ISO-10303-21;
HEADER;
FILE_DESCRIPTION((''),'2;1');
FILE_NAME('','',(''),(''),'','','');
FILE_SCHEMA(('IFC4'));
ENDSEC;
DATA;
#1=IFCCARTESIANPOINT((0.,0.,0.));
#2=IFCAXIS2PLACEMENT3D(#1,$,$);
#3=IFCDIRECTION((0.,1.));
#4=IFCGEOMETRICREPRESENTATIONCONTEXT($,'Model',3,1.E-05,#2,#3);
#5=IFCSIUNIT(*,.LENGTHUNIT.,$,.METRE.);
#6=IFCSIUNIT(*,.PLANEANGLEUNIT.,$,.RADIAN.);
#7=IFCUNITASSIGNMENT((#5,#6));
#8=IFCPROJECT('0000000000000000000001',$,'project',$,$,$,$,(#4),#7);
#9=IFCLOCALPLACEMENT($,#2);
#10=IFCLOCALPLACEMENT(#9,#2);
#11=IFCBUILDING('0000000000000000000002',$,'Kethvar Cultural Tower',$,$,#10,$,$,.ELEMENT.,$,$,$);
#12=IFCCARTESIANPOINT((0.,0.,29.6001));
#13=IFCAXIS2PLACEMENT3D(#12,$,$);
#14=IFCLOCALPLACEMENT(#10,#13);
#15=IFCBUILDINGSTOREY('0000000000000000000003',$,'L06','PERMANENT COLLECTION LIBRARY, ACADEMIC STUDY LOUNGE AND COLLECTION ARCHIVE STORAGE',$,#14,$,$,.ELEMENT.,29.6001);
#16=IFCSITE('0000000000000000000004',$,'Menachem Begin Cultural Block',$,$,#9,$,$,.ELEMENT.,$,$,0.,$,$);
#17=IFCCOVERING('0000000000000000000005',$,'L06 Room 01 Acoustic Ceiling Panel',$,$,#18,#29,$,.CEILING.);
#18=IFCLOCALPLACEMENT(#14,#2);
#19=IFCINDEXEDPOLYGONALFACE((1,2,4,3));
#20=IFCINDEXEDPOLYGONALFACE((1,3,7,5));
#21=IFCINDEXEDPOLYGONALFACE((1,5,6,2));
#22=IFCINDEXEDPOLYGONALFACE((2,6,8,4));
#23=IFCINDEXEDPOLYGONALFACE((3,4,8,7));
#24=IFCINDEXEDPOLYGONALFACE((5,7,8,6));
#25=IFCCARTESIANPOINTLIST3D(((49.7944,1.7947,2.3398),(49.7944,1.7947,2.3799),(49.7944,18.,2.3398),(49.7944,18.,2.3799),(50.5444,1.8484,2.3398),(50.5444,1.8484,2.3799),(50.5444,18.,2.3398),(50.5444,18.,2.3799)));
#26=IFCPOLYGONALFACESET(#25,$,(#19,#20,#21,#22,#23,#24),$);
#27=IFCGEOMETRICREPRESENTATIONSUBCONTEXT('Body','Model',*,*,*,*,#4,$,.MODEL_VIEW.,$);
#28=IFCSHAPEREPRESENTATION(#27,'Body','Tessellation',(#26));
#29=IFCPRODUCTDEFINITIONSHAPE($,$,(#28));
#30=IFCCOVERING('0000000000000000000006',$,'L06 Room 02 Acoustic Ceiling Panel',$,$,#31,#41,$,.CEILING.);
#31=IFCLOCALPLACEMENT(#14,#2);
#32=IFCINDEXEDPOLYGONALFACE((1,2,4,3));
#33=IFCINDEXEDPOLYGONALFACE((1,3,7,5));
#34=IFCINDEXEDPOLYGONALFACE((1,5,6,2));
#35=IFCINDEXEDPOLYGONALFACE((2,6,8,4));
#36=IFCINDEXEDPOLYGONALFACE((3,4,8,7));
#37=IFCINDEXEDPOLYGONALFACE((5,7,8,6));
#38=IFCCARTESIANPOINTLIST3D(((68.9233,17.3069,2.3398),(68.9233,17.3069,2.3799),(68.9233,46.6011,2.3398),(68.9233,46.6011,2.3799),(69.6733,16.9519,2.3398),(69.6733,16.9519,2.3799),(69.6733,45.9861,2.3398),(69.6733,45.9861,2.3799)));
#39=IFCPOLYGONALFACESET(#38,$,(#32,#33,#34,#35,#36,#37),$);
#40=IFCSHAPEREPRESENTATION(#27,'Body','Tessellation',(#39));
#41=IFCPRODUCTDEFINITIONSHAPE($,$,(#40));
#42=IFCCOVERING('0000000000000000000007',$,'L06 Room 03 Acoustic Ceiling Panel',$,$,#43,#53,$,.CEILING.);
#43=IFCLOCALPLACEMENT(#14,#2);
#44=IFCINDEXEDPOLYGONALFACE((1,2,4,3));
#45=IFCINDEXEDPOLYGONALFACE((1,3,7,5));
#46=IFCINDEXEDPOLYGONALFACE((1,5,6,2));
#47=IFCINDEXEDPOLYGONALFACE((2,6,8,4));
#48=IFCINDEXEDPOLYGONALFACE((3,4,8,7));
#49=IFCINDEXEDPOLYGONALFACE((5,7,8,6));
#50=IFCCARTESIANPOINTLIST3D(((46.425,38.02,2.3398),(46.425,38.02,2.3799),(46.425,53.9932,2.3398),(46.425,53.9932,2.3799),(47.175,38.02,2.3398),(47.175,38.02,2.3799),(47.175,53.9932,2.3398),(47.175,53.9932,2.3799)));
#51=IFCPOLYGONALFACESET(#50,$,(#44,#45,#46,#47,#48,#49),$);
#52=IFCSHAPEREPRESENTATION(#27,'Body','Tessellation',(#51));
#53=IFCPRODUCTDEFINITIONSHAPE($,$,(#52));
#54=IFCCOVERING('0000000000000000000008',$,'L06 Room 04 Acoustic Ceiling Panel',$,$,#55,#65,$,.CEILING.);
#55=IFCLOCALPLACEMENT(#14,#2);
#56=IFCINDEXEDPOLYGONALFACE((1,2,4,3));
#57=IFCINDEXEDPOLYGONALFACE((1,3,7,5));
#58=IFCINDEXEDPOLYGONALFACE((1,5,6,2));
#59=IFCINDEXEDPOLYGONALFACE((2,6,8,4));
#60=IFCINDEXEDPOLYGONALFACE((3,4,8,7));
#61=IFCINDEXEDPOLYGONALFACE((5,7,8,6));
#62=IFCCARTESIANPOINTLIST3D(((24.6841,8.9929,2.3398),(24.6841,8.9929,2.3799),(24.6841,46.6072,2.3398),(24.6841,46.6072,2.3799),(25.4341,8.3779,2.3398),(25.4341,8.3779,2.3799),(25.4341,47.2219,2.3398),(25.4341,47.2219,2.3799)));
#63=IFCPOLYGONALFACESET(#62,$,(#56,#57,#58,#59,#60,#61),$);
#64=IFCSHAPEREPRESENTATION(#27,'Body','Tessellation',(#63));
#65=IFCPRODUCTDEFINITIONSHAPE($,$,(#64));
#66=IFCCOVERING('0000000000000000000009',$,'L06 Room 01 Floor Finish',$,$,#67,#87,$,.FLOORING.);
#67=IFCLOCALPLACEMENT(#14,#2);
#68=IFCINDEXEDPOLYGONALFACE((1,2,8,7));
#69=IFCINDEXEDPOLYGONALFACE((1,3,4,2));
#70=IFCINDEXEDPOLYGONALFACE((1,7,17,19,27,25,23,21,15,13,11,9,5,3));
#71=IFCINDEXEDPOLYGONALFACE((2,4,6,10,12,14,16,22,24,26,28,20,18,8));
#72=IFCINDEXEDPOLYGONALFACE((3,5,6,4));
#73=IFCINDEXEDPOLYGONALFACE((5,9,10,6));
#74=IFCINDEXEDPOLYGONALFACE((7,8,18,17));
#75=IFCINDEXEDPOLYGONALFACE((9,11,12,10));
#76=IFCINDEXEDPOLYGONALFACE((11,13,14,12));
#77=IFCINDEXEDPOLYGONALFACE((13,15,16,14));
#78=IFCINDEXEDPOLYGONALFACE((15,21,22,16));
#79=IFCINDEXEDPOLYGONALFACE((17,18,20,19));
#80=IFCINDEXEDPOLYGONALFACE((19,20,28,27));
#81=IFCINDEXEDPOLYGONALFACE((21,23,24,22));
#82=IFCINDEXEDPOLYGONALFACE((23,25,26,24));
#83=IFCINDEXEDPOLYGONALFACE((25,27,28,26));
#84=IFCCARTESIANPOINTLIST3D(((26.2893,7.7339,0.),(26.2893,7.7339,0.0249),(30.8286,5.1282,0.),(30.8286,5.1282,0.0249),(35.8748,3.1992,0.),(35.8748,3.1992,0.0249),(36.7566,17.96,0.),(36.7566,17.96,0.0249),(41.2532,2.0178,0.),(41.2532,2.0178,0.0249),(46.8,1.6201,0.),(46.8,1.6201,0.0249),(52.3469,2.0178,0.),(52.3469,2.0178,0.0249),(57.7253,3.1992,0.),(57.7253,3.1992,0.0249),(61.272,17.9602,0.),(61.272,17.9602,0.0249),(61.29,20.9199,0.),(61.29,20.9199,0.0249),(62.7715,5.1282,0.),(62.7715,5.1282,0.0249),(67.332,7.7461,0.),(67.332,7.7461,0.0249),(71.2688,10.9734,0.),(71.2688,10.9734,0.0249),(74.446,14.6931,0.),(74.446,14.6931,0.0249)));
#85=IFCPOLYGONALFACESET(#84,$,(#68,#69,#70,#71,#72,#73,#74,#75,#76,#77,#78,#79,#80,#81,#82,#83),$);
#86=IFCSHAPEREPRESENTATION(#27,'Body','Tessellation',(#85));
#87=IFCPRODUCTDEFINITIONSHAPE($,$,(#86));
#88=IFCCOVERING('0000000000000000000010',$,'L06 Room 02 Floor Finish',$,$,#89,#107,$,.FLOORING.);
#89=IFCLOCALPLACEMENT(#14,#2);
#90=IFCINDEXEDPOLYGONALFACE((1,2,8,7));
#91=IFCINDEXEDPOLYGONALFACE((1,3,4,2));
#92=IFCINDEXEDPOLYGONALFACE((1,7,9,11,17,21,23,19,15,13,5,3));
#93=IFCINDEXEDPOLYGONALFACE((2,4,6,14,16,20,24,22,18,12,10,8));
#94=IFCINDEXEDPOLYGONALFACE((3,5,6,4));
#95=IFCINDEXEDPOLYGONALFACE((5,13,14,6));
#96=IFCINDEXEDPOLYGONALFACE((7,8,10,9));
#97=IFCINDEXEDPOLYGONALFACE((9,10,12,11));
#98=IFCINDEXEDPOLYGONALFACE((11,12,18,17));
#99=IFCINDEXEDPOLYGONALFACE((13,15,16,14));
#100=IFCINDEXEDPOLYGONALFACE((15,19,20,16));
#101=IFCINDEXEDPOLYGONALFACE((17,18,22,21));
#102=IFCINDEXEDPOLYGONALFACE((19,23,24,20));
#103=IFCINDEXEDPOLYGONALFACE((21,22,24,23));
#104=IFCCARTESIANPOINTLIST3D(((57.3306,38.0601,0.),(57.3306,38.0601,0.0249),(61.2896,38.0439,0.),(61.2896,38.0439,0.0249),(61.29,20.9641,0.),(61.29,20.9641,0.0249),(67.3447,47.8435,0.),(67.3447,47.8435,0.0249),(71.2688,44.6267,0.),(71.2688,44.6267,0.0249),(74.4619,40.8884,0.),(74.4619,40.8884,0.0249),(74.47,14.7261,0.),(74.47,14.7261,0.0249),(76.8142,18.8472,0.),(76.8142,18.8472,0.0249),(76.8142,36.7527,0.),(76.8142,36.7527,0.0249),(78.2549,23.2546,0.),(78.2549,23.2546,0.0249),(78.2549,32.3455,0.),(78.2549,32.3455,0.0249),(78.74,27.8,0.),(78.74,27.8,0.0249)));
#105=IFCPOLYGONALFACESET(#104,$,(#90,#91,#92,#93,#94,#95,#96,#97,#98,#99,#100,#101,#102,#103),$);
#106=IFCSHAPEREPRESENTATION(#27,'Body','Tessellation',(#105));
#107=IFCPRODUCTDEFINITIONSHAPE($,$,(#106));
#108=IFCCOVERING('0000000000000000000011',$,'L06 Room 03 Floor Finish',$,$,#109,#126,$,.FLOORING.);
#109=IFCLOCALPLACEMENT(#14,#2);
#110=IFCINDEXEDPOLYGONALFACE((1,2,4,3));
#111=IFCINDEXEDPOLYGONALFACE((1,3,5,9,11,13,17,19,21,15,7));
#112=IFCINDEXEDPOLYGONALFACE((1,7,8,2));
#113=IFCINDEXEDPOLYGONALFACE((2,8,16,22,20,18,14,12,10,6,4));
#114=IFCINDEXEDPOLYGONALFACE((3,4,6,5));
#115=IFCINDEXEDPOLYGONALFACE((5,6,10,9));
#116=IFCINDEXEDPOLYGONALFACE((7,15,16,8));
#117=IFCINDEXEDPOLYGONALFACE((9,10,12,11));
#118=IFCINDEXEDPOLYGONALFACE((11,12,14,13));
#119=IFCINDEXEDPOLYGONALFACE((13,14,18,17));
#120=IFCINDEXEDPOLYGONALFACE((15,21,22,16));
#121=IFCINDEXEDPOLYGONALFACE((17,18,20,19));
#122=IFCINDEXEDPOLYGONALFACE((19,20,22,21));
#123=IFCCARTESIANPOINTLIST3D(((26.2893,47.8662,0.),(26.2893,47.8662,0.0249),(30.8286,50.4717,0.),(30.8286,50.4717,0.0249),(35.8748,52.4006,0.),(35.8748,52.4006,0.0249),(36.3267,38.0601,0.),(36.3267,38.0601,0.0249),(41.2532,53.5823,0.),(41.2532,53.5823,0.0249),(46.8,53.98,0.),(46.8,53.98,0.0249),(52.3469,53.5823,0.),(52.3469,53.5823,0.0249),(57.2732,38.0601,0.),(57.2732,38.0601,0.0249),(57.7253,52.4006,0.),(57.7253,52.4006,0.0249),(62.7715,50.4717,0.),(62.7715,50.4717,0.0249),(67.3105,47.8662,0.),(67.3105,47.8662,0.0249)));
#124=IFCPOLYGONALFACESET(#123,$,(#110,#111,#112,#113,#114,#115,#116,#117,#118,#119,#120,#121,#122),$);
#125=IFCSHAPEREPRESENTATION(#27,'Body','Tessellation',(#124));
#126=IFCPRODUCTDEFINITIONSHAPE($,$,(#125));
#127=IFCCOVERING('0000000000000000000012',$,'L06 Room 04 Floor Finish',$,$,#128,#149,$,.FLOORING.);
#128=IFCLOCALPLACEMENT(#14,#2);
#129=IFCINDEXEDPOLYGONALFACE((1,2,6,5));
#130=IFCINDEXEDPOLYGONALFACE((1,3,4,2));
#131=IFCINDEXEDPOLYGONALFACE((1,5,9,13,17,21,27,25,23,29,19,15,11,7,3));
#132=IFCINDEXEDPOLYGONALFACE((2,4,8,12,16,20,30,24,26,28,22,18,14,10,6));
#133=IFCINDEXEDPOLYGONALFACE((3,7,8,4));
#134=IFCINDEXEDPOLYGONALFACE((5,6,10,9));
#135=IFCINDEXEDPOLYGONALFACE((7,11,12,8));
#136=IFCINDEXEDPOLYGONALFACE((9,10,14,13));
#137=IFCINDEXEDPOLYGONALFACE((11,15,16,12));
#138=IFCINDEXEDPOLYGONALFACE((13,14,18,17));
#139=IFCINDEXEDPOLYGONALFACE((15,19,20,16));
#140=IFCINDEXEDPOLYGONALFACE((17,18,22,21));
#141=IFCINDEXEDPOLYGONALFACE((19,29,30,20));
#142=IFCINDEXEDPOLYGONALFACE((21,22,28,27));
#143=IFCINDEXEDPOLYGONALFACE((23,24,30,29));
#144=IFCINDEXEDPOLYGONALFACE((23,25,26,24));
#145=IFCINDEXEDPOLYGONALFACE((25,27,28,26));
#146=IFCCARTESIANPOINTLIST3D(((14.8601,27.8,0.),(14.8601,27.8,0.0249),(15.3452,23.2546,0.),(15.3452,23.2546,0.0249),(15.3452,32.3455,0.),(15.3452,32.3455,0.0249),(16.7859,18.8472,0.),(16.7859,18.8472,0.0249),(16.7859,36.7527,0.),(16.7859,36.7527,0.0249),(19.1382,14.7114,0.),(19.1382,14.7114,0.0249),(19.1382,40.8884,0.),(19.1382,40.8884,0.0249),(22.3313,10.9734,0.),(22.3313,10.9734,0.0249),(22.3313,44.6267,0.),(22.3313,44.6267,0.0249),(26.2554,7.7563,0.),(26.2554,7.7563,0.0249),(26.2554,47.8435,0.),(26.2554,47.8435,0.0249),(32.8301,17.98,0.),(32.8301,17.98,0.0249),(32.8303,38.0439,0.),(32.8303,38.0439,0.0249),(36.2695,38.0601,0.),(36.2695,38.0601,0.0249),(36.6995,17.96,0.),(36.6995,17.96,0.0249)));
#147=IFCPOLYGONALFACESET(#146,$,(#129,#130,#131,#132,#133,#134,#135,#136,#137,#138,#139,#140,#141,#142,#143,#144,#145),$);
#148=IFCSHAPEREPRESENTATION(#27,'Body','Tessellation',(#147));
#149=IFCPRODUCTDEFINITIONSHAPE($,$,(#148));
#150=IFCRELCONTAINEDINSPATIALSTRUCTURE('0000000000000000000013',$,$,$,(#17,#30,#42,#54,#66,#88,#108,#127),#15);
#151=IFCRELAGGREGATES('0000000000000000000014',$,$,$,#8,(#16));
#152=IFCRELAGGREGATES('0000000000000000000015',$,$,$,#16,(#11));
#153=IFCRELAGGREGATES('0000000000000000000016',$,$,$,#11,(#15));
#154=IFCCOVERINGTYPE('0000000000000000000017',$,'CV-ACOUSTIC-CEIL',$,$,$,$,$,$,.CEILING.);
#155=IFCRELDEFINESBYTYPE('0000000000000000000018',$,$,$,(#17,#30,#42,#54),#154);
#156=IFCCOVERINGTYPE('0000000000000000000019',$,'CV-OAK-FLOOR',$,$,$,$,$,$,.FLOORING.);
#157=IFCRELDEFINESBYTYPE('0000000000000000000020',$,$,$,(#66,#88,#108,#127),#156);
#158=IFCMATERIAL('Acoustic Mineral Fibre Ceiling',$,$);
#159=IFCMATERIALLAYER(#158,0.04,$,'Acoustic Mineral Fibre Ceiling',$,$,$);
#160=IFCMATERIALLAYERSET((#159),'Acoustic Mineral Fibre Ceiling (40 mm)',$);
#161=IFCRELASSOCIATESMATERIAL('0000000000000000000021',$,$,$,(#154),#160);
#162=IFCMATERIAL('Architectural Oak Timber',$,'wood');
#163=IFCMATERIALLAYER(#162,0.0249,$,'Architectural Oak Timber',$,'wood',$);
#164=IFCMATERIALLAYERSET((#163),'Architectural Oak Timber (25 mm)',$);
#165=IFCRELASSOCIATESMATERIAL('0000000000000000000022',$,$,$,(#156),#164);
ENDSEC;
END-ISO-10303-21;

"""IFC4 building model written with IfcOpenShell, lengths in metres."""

from ifc_helpers import new_model, si_unit, direction, frame, origin, place, context, subcontext, project, spatial, polyline, outline, extrude, material, layer, layer_set, type_object, element, save


model = new_model("IFC4")

# Units and contexts
model_context = context("Model", 3, precision=1e-05, world=origin(), true_north=direction((0.0, 1.0)))
body_context = subcontext(model_context, "Body", "Model", "MODEL_VIEW")
ifc_project = project(units=[si_unit("LENGTHUNIT", "METRE"), si_unit("PLANEANGLEUNIT", "RADIAN")], contexts=[model_context])

# Site, building, storey
site_placement = place(None, origin())
site = spatial("IfcSite", under=ifc_project, at=site_placement, Name="Menachem Begin Cultural Block", CompositionType="ELEMENT", RefElevation=0.0)
building_placement = place(site_placement, origin())
building = spatial("IfcBuilding", under=site, at=building_placement, Name="Kethvar Cultural Tower", CompositionType="ELEMENT")
storey_placement = place(building_placement, frame((0.0, 0.0, 29.6001)))
storey = spatial("IfcBuildingStorey", under=building, at=storey_placement, Name="L06", Description="PERMANENT COLLECTION LIBRARY, ACADEMIC STUDY LOUNGE AND COLLECTION ARCHIVE STORAGE", CompositionType="ELEMENT", Elevation=29.6001)

# Coverings
ifc_material_1 = material(Name="Acoustic Mineral Fibre Ceiling")
ifc_layer_1 = layer(ifc_material_1, 0.04, Name="Acoustic Mineral Fibre Ceiling")
ifc_layer_set_1 = layer_set([ifc_layer_1], Name="Acoustic Mineral Fibre Ceiling (40 mm)")
covering_type_1 = type_object("IfcCoveringType", Name="CV-ACOUSTIC-CEIL", PredefinedType="CEILING", material=ifc_layer_set_1)
covering_1_placement = place(storey_placement, frame((0.0, 0.0, 2.3398)))
element("IfcCovering", 1, at=covering_1_placement, inside=storey, type_object=covering_type_1, Name="L06 Room 01 Acoustic Ceiling Panel", PredefinedType="CEILING", context=body_context, shape_type="SweptSolid", body=[
    extrude(outline(polyline([(49.7944, 1.7947), (49.7944, 18.0), (50.5444, 18.0), (50.5444, 1.8484), (49.7944, 1.7947)])), origin(), (0.0, 0.0, 1.0), 0.04),
])
covering_2_placement = place(storey_placement, frame((0.0, 0.0, 2.3398)))
element("IfcCovering", 2, at=covering_2_placement, inside=storey, type_object=covering_type_1, Name="L06 Room 02 Acoustic Ceiling Panel", PredefinedType="CEILING", context=body_context, shape_type="SweptSolid", body=[
    extrude(outline(polyline([(68.9233, 17.3069), (68.9233, 46.6011), (69.6733, 45.9861), (69.6733, 16.9519), (68.9233, 17.3069)])), origin(), (0.0, 0.0, 1.0), 0.04),
])
covering_3_placement = place(storey_placement, frame((0.0, 0.0, 2.3398)))
element("IfcCovering", 3, at=covering_3_placement, inside=storey, type_object=covering_type_1, Name="L06 Room 03 Acoustic Ceiling Panel", PredefinedType="CEILING", context=body_context, shape_type="SweptSolid", body=[
    extrude(outline(polyline([(46.425, 53.9932), (47.175, 53.9932), (47.175, 38.02), (46.425, 38.02), (46.425, 53.9932)])), origin(), (0.0, 0.0, 1.0), 0.04),
])
covering_4_placement = place(storey_placement, frame((0.0, 0.0, 2.3398)))
element("IfcCovering", 4, at=covering_4_placement, inside=storey, type_object=covering_type_1, Name="L06 Room 04 Acoustic Ceiling Panel", PredefinedType="CEILING", context=body_context, shape_type="SweptSolid", body=[
    extrude(outline(polyline([(25.4341, 47.2219), (25.4341, 8.3779), (24.6841, 8.9929), (24.6841, 46.6072), (25.4341, 47.2219)])), origin(), (0.0, 0.0, 1.0), 0.04),
])
ifc_material_2 = material(Name="Architectural Oak Timber", Category="wood")
ifc_layer_2 = layer(ifc_material_2, 0.0249, Name="Architectural Oak Timber", Category="wood")
ifc_layer_set_2 = layer_set([ifc_layer_2], Name="Architectural Oak Timber (25 mm)")
covering_type_2 = type_object("IfcCoveringType", Name="CV-OAK-FLOOR", PredefinedType="FLOORING", material=ifc_layer_set_2)
covering_5_placement = place(storey_placement, origin())
element("IfcCovering", 5, at=covering_5_placement, inside=storey, type_object=covering_type_2, Name="L06 Room 01 Floor Finish", PredefinedType="FLOORING", context=body_context, shape_type="SweptSolid", body=[
    extrude(outline(polyline([(74.446, 14.6931), (71.2688, 10.9734), (67.332, 7.7461), (62.7715, 5.1282), (57.7253, 3.1992), (52.3469, 2.0178), (46.8, 1.6201), (41.2532, 2.0178), (35.8748, 3.1992), (30.8286, 5.1282), (26.2893, 7.7339), (36.7566, 17.96), (61.272, 17.9602), (61.29, 20.9199), (74.446, 14.6931)])), origin(), (0.0, 0.0, 1.0), 0.0249),
])
covering_6_placement = place(storey_placement, origin())
element("IfcCovering", 6, at=covering_6_placement, inside=storey, type_object=covering_type_2, Name="L06 Room 02 Floor Finish", PredefinedType="FLOORING", context=body_context, shape_type="SweptSolid", body=[
    extrude(outline(polyline([(76.8142, 18.8472), (74.47, 14.7261), (61.29, 20.9641), (61.2896, 38.0439), (57.3306, 38.0601), (67.3447, 47.8435), (71.2688, 44.6267), (74.4619, 40.8884), (76.8142, 36.7527), (78.2549, 32.3455), (78.74, 27.8), (78.2549, 23.2546), (76.8142, 18.8472)])), origin(), (0.0, 0.0, 1.0), 0.0249),
])
covering_7_placement = place(storey_placement, origin())
element("IfcCovering", 7, at=covering_7_placement, inside=storey, type_object=covering_type_2, Name="L06 Room 03 Floor Finish", PredefinedType="FLOORING", context=body_context, shape_type="SweptSolid", body=[
    extrude(outline(polyline([(30.8286, 50.4717), (35.8748, 52.4006), (41.2532, 53.5823), (46.8, 53.98), (52.3469, 53.5823), (57.7253, 52.4006), (62.7715, 50.4717), (67.3105, 47.8662), (57.2732, 38.0601), (36.3267, 38.0601), (26.2893, 47.8662), (30.8286, 50.4717)])), origin(), (0.0, 0.0, 1.0), 0.0249),
])
covering_8_placement = place(storey_placement, origin())
element("IfcCovering", 8, at=covering_8_placement, inside=storey, type_object=covering_type_2, Name="L06 Room 04 Floor Finish", PredefinedType="FLOORING", context=body_context, shape_type="SweptSolid", body=[
    extrude(outline(polyline([(22.3313, 10.9734), (19.1382, 14.7114), (16.7859, 18.8472), (15.3452, 23.2546), (14.8601, 27.8), (15.3452, 32.3455), (16.7859, 36.7527), (19.1382, 40.8884), (22.3313, 44.6267), (26.2554, 47.8435), (36.2695, 38.0601), (32.8303, 38.0439), (32.8301, 17.98), (36.6995, 17.96), (26.2554, 7.7563), (22.3313, 10.9734)])), origin(), (0.0, 0.0, 1.0), 0.0249),
])

save(model, "model.ifc")
